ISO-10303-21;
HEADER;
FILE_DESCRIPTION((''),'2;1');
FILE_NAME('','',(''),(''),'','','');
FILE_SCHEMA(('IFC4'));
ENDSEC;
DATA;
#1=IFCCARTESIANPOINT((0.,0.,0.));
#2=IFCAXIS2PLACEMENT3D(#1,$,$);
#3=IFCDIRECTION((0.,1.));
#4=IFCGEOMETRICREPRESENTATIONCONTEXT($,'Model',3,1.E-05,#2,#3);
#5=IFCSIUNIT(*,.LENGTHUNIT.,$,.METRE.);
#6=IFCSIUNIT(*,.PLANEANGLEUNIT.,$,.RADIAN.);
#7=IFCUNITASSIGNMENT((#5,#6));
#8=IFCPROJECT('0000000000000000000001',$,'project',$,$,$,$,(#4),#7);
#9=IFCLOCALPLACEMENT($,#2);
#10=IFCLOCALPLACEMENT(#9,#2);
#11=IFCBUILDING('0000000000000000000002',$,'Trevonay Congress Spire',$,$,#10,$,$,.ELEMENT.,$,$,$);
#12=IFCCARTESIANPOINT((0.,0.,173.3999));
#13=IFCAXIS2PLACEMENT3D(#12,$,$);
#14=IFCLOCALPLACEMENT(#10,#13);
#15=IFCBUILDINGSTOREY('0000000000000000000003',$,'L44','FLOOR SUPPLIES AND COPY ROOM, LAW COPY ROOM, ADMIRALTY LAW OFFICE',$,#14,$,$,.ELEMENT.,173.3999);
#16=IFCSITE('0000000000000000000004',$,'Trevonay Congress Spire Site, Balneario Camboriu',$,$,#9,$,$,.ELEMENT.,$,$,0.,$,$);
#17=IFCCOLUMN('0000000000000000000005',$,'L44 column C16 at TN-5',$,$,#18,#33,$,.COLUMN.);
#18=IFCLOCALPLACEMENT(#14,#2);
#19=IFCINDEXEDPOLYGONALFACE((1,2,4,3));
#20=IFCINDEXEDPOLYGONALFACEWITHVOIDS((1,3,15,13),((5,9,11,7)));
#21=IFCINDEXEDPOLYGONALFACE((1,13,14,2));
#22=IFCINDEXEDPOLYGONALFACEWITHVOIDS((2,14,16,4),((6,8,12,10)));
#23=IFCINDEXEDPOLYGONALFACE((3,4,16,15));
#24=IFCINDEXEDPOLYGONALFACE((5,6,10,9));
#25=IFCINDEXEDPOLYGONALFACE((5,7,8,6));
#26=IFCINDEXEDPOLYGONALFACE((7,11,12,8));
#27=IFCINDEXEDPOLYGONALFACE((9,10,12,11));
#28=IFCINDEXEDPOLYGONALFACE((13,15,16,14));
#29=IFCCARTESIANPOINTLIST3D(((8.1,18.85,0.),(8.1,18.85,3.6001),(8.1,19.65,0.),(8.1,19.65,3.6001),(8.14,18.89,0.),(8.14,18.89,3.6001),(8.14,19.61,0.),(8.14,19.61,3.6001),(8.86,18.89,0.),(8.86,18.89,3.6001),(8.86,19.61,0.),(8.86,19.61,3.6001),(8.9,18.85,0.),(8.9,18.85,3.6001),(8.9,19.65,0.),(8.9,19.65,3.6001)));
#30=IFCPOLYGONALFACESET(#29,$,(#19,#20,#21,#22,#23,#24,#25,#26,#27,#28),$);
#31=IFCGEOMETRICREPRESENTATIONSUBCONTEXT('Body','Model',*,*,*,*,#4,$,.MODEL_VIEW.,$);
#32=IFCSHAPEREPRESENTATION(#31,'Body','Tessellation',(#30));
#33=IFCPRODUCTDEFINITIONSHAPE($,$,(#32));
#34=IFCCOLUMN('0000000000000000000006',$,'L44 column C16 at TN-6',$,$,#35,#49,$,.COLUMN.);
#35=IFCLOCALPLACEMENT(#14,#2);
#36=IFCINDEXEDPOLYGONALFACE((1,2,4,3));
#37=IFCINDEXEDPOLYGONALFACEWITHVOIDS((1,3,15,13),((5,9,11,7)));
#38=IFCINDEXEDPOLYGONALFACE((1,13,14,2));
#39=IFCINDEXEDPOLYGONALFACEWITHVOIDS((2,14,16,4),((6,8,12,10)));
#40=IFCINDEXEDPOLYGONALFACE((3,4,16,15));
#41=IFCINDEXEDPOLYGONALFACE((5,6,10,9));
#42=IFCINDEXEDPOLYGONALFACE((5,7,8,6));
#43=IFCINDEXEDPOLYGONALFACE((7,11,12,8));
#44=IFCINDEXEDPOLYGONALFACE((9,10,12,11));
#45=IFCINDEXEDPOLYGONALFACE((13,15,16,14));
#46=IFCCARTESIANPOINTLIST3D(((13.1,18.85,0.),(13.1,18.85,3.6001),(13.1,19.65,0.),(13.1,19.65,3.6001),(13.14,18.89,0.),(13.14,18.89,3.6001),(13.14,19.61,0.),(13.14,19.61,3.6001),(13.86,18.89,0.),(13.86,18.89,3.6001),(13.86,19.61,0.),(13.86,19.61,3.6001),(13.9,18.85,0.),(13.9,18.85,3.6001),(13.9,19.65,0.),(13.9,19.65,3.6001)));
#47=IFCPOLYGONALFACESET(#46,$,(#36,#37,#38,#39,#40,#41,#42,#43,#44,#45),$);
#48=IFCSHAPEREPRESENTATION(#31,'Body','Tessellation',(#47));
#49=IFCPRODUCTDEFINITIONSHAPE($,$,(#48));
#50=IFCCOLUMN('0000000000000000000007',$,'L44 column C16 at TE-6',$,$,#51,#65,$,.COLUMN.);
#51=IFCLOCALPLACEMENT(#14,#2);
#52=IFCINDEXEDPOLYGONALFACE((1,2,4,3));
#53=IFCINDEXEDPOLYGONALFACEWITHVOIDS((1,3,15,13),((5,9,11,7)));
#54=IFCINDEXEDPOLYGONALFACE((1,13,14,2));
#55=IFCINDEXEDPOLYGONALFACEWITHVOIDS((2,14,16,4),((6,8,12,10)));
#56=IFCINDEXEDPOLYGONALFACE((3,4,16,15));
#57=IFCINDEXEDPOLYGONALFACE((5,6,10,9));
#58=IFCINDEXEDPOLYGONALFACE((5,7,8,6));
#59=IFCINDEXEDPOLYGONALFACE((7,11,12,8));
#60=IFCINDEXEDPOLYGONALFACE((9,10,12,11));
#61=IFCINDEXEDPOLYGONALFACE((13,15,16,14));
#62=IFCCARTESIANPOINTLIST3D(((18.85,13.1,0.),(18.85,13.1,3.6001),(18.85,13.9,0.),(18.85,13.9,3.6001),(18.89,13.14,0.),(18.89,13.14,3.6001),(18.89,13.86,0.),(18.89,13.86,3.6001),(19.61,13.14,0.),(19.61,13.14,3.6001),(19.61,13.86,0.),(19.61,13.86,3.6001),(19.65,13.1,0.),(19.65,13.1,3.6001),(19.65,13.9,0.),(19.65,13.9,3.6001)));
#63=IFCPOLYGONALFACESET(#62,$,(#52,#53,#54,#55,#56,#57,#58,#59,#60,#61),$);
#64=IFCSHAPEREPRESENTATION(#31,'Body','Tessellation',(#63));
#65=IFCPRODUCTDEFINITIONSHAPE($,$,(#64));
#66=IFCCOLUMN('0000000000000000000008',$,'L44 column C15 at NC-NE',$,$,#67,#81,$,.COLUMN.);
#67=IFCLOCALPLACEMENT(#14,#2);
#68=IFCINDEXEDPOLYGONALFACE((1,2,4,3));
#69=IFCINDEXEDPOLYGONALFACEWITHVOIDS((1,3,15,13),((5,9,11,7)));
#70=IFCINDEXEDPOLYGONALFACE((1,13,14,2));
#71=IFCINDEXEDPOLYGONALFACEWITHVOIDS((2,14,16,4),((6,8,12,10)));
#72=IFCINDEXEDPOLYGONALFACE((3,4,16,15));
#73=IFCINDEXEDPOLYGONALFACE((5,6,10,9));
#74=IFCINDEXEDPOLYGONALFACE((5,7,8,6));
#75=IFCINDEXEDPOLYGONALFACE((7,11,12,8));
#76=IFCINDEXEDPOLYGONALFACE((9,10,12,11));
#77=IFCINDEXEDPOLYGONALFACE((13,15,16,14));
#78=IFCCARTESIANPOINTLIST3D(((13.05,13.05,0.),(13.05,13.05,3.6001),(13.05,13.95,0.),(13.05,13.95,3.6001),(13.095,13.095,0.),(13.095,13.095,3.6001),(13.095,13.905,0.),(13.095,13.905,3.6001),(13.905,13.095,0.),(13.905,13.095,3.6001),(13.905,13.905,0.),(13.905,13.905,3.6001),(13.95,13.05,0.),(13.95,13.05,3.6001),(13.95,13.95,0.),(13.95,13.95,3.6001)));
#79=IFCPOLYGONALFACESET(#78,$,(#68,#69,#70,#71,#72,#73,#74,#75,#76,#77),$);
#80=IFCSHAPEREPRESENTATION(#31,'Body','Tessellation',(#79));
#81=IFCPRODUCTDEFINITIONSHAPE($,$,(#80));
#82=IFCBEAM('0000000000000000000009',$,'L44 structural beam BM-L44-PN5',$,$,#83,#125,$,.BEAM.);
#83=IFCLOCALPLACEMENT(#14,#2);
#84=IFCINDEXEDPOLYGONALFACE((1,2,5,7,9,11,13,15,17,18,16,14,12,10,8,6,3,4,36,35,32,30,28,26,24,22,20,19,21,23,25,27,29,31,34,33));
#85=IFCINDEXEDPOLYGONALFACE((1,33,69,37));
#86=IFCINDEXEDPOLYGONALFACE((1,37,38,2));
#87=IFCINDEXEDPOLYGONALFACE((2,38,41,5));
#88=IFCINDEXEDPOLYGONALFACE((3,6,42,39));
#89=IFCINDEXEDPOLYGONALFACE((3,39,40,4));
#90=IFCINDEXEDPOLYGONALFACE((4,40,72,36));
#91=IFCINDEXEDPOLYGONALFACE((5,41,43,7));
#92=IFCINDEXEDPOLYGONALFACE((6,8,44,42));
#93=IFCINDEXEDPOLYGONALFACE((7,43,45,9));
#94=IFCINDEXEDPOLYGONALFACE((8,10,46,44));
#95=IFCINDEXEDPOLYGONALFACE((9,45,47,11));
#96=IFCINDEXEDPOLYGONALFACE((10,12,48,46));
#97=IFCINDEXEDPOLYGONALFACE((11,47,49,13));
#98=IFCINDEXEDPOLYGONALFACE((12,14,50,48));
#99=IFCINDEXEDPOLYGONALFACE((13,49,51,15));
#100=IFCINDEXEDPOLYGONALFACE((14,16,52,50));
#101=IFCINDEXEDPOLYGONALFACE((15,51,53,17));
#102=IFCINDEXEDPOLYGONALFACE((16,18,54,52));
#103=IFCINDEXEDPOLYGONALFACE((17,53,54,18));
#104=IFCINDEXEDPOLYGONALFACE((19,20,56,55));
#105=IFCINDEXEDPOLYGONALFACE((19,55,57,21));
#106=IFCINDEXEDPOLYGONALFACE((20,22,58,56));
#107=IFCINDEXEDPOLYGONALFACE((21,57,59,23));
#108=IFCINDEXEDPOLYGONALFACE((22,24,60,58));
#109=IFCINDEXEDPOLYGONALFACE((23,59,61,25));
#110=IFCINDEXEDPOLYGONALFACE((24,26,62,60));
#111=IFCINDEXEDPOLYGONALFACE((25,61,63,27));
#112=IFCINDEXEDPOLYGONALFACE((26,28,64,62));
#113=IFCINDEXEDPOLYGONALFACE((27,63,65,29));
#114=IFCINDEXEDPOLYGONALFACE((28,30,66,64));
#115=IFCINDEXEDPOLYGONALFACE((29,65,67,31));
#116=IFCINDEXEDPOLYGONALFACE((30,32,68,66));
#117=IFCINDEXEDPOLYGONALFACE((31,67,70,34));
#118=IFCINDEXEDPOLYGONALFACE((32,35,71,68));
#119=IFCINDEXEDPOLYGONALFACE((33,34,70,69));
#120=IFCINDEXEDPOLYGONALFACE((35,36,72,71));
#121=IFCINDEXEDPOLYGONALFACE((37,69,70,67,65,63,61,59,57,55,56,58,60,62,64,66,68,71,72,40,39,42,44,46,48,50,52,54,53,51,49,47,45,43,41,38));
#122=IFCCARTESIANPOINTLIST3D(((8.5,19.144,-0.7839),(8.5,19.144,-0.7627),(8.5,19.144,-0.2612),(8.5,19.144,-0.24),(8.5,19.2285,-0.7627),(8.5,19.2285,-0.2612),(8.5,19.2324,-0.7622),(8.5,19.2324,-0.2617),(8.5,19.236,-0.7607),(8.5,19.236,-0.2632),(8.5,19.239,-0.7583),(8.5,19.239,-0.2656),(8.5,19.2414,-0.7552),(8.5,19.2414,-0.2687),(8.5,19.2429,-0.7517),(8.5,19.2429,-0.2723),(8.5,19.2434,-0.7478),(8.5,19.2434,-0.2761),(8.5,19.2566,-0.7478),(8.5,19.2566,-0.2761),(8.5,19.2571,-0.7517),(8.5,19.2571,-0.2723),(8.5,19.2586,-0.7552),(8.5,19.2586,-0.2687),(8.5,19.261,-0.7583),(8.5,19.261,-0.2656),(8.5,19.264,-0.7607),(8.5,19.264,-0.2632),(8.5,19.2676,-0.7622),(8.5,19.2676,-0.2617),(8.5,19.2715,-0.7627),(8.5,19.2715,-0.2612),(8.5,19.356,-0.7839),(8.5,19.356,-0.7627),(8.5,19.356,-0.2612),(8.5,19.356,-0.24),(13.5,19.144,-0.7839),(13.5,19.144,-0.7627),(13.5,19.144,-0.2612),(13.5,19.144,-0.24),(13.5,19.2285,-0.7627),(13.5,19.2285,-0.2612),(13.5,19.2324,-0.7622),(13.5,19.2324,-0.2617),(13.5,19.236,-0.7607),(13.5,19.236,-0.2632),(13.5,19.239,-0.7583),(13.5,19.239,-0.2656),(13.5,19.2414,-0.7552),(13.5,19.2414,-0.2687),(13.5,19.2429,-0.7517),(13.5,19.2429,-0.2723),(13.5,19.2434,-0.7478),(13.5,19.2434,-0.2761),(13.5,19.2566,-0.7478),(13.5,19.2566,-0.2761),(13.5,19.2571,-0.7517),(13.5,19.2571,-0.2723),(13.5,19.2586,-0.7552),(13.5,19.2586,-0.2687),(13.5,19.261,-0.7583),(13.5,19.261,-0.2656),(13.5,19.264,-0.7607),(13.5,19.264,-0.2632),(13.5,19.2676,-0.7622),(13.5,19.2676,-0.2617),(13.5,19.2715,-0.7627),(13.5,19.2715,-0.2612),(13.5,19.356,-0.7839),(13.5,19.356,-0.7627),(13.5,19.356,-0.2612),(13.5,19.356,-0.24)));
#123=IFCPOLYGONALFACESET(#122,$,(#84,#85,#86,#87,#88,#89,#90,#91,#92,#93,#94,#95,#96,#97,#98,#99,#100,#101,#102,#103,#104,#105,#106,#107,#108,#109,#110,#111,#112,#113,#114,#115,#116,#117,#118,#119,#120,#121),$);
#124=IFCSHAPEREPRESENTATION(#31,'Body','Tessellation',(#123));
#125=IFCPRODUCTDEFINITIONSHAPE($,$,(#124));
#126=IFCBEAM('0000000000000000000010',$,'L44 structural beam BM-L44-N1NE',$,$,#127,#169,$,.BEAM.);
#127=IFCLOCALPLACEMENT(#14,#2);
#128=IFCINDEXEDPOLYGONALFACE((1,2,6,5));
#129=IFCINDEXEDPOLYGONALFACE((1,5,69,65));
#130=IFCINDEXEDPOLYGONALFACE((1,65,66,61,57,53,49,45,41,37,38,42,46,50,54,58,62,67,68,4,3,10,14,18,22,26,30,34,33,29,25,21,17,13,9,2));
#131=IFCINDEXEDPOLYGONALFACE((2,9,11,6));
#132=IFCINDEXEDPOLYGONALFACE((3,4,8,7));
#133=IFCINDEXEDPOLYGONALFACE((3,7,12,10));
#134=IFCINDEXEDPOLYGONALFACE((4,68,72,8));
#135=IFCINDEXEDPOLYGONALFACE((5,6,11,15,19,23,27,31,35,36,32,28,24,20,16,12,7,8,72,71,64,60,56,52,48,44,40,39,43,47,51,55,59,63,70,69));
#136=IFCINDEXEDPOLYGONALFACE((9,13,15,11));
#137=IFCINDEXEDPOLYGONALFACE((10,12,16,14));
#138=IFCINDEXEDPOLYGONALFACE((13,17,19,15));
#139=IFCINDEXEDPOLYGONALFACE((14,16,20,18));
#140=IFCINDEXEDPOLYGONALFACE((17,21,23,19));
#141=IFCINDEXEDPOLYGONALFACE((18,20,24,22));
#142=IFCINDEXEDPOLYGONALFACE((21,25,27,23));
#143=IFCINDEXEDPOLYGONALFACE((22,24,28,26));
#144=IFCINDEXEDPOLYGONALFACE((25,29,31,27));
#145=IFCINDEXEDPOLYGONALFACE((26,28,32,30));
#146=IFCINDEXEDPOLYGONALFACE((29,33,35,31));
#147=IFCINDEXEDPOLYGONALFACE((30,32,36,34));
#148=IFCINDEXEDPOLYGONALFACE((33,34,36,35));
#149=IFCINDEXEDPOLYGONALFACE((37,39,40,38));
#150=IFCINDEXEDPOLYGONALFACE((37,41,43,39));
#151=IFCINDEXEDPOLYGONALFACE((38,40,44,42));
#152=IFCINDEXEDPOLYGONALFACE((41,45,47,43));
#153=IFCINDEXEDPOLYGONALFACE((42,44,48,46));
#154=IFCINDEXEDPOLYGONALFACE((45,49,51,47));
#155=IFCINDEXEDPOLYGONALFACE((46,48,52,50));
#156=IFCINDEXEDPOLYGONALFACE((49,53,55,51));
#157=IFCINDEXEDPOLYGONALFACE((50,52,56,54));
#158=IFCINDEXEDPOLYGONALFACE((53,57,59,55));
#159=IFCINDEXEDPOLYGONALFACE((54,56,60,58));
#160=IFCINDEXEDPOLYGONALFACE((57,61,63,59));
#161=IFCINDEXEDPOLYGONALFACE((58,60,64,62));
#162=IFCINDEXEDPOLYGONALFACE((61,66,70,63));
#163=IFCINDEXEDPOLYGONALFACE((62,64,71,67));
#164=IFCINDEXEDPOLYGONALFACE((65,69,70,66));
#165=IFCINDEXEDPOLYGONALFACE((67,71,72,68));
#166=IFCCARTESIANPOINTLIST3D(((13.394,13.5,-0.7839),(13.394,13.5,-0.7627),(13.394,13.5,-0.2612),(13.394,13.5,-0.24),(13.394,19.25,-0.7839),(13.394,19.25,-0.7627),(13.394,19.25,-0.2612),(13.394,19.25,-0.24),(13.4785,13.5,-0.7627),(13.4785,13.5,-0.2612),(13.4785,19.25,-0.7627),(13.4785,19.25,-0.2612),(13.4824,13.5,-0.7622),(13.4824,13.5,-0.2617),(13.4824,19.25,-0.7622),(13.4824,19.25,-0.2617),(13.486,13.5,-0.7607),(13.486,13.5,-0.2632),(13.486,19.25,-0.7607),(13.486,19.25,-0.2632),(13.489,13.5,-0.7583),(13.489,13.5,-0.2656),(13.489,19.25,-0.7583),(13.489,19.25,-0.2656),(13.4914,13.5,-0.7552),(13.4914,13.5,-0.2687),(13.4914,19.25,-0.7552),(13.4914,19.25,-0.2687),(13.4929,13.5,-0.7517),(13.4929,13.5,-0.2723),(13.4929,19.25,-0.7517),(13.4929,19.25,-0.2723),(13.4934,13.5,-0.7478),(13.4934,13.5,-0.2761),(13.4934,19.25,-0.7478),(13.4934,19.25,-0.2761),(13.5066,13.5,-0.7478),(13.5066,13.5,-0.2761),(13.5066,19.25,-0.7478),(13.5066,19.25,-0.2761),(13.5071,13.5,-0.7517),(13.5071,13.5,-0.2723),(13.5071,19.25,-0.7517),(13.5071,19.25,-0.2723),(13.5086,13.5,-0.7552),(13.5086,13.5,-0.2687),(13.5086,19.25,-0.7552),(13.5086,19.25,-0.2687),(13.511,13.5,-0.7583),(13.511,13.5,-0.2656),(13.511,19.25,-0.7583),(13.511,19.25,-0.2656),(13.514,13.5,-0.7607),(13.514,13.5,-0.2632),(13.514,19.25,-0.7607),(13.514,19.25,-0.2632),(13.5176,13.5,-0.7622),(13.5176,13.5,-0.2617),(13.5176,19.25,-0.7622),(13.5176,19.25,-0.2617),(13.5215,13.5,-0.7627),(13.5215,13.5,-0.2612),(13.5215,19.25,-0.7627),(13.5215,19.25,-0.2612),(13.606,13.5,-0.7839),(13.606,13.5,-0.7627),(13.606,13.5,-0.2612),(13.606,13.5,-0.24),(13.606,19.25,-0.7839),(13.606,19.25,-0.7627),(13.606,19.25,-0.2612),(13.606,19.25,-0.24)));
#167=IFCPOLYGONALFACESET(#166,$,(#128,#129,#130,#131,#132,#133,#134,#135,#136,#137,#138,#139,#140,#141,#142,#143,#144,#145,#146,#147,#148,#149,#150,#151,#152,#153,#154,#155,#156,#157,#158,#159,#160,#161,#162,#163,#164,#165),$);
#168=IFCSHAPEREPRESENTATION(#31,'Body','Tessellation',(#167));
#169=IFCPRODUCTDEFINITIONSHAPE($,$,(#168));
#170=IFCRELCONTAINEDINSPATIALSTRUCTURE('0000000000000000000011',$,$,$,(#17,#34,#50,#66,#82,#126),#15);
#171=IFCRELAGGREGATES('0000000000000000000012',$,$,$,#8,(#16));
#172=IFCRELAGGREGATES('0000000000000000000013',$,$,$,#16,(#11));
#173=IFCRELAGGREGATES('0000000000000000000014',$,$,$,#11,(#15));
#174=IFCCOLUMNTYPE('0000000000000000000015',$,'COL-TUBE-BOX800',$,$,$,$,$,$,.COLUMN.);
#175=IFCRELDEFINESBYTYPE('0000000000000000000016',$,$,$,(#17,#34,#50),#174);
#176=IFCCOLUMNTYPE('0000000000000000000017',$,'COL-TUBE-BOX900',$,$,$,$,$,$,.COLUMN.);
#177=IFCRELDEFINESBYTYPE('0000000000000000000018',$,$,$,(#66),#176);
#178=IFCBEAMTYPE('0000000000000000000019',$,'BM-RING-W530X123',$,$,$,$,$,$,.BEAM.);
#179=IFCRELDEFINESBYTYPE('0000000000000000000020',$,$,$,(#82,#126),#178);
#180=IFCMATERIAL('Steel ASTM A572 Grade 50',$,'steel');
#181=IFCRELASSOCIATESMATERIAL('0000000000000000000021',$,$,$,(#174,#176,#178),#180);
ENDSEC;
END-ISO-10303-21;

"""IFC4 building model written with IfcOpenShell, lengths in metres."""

from ifc_helpers import new_model, si_unit, direction, frame, origin, origin_2d, place, context, subcontext, project, spatial, hollow_rectangle, i_section, extrude, material, material_profile, profile_set, type_object, element, save


model = new_model("IFC4")

# Units and contexts
model_context = context("Model", 3, precision=1e-05, world=origin(), true_north=direction((0.0, 1.0)))
body_context = subcontext(model_context, "Body", "Model", "MODEL_VIEW")
ifc_project = project(units=[si_unit("LENGTHUNIT", "METRE"), si_unit("PLANEANGLEUNIT", "RADIAN")], contexts=[model_context])

# Site, building, storey
site_placement = place(None, origin())
site = spatial("IfcSite", under=ifc_project, at=site_placement, Name="Trevonay Congress Spire Site, Balneario Camboriu", CompositionType="ELEMENT", RefElevation=0.0)
building_placement = place(site_placement, origin())
building = spatial("IfcBuilding", under=site, at=building_placement, Name="Trevonay Congress Spire", CompositionType="ELEMENT")
storey_placement = place(building_placement, frame((0.0, 0.0, 173.3999)))
storey = spatial("IfcBuildingStorey", under=building, at=storey_placement, Name="L44", Description="FLOOR SUPPLIES AND COPY ROOM, LAW COPY ROOM, ADMIRALTY LAW OFFICE", CompositionType="ELEMENT", Elevation=173.3999)

# Columns
ifc_material_1 = material(Name="Steel ASTM A572 Grade 50", Category="steel")
ifc_material_profile_1 = material_profile(ifc_material_1, hollow_rectangle(XDim=0.8, YDim=0.8, WallThickness=0.04, at=origin_2d()), Name="BOX 800x800x40")
ifc_profile_set_1 = profile_set([ifc_material_profile_1], Name="Steel ASTM A572 Grade 50")
column_type_1 = type_object("IfcColumnType", Name="COL-TUBE-BOX800", PredefinedType="COLUMN", material=ifc_profile_set_1)
for number, where, z_axis, x_axis, name in (
    (1, (8.5, 19.25, 0.0), (0.0, 0.0, 1.0), (1.0, 0.0, 0.0), "L44 column C16 at TN-5"),
    (2, (13.5, 19.25, 0.0), (0.0, 0.0, 1.0), (1.0, 0.0, 0.0), "L44 column C16 at TN-6"),
    (3, (19.25, 13.5, 0.0), (0.0, 0.0, 1.0), (1.0, 0.0, 0.0), "L44 column C16 at TE-6"),
):
    element("IfcColumn", number, at=place(storey_placement, frame(where, z_axis=z_axis, x_axis=x_axis)), inside=storey, type_object=column_type_1, Name=name, PredefinedType="COLUMN", context=body_context, shape_type="SweptSolid", body=[
        extrude(hollow_rectangle(XDim=0.8, YDim=0.8, WallThickness=0.04, at=origin_2d()), origin(), (0.0, 0.0, 1.0), 3.6001),
    ])
ifc_material_profile_2 = material_profile(ifc_material_1, hollow_rectangle(XDim=0.8999, YDim=0.8999, WallThickness=0.0449, at=origin_2d()), Name="BOX 900x900x45")
ifc_profile_set_2 = profile_set([ifc_material_profile_2], Name="Steel ASTM A572 Grade 50")
column_type_2 = type_object("IfcColumnType", Name="COL-TUBE-BOX900", PredefinedType="COLUMN", material=ifc_profile_set_2)
column_placement = place(storey_placement, frame((13.5, 13.5, 0.0), z_axis=(0.0, 0.0, 1.0), x_axis=(1.0, 0.0, 0.0)))
element("IfcColumn", 4, at=column_placement, inside=storey, type_object=column_type_2, Name="L44 column C15 at NC-NE", PredefinedType="COLUMN", context=body_context, shape_type="SweptSolid", body=[
    extrude(hollow_rectangle(XDim=0.8999, YDim=0.8999, WallThickness=0.0449, at=origin_2d()), origin(), (0.0, 0.0, 1.0), 3.6001),
])

# Beams
ifc_material_profile_3 = material_profile(ifc_material_1, i_section(OverallWidth=0.2119, OverallDepth=0.5439, WebThickness=0.0132, FlangeThickness=0.0212, FilletRadius=0.0149, at=origin_2d()), Name="W530x123")
ifc_profile_set_3 = profile_set([ifc_material_profile_3], Name="Steel ASTM A572 Grade 50")
beam_type = type_object("IfcBeamType", Name="BM-RING-W530X123", PredefinedType="BEAM", material=ifc_profile_set_3)
beam_placement = place(storey_placement, frame((8.5, 19.25, -0.512), z_axis=(1.0, 0.0, 0.0), x_axis=(0.0, 1.0, 0.0)))
element("IfcBeam", 5, at=beam_placement, inside=storey, type_object=beam_type, Name="L44 structural beam BM-L44-PN5", PredefinedType="BEAM", context=body_context, shape_type="SweptSolid", body=[
    extrude(i_section(OverallWidth=0.2119, OverallDepth=0.5439, WebThickness=0.0132, FlangeThickness=0.0212, FilletRadius=0.0149, at=origin_2d()), origin(), (0.0, 0.0, 1.0), 5.0),
])
for number, where, z_axis, x_axis, name in (
    (6, (13.5, 19.25, -0.512), (0.0, -1.0, 0.0), (1.0, 0.0, 0.0), "L44 structural beam BM-L44-N1NE"),
):
    element("IfcBeam", number, at=place(storey_placement, frame(where, z_axis=z_axis, x_axis=x_axis)), inside=storey, type_object=beam_type, Name=name, PredefinedType="BEAM", context=body_context, shape_type="SweptSolid", body=[
        extrude(i_section(OverallWidth=0.2119, OverallDepth=0.5439, WebThickness=0.0132, FlangeThickness=0.0212, FilletRadius=0.0149, at=origin_2d()), origin(), (0.0, 0.0, 1.0), 5.75),
    ])

save(model, "model.ifc")
